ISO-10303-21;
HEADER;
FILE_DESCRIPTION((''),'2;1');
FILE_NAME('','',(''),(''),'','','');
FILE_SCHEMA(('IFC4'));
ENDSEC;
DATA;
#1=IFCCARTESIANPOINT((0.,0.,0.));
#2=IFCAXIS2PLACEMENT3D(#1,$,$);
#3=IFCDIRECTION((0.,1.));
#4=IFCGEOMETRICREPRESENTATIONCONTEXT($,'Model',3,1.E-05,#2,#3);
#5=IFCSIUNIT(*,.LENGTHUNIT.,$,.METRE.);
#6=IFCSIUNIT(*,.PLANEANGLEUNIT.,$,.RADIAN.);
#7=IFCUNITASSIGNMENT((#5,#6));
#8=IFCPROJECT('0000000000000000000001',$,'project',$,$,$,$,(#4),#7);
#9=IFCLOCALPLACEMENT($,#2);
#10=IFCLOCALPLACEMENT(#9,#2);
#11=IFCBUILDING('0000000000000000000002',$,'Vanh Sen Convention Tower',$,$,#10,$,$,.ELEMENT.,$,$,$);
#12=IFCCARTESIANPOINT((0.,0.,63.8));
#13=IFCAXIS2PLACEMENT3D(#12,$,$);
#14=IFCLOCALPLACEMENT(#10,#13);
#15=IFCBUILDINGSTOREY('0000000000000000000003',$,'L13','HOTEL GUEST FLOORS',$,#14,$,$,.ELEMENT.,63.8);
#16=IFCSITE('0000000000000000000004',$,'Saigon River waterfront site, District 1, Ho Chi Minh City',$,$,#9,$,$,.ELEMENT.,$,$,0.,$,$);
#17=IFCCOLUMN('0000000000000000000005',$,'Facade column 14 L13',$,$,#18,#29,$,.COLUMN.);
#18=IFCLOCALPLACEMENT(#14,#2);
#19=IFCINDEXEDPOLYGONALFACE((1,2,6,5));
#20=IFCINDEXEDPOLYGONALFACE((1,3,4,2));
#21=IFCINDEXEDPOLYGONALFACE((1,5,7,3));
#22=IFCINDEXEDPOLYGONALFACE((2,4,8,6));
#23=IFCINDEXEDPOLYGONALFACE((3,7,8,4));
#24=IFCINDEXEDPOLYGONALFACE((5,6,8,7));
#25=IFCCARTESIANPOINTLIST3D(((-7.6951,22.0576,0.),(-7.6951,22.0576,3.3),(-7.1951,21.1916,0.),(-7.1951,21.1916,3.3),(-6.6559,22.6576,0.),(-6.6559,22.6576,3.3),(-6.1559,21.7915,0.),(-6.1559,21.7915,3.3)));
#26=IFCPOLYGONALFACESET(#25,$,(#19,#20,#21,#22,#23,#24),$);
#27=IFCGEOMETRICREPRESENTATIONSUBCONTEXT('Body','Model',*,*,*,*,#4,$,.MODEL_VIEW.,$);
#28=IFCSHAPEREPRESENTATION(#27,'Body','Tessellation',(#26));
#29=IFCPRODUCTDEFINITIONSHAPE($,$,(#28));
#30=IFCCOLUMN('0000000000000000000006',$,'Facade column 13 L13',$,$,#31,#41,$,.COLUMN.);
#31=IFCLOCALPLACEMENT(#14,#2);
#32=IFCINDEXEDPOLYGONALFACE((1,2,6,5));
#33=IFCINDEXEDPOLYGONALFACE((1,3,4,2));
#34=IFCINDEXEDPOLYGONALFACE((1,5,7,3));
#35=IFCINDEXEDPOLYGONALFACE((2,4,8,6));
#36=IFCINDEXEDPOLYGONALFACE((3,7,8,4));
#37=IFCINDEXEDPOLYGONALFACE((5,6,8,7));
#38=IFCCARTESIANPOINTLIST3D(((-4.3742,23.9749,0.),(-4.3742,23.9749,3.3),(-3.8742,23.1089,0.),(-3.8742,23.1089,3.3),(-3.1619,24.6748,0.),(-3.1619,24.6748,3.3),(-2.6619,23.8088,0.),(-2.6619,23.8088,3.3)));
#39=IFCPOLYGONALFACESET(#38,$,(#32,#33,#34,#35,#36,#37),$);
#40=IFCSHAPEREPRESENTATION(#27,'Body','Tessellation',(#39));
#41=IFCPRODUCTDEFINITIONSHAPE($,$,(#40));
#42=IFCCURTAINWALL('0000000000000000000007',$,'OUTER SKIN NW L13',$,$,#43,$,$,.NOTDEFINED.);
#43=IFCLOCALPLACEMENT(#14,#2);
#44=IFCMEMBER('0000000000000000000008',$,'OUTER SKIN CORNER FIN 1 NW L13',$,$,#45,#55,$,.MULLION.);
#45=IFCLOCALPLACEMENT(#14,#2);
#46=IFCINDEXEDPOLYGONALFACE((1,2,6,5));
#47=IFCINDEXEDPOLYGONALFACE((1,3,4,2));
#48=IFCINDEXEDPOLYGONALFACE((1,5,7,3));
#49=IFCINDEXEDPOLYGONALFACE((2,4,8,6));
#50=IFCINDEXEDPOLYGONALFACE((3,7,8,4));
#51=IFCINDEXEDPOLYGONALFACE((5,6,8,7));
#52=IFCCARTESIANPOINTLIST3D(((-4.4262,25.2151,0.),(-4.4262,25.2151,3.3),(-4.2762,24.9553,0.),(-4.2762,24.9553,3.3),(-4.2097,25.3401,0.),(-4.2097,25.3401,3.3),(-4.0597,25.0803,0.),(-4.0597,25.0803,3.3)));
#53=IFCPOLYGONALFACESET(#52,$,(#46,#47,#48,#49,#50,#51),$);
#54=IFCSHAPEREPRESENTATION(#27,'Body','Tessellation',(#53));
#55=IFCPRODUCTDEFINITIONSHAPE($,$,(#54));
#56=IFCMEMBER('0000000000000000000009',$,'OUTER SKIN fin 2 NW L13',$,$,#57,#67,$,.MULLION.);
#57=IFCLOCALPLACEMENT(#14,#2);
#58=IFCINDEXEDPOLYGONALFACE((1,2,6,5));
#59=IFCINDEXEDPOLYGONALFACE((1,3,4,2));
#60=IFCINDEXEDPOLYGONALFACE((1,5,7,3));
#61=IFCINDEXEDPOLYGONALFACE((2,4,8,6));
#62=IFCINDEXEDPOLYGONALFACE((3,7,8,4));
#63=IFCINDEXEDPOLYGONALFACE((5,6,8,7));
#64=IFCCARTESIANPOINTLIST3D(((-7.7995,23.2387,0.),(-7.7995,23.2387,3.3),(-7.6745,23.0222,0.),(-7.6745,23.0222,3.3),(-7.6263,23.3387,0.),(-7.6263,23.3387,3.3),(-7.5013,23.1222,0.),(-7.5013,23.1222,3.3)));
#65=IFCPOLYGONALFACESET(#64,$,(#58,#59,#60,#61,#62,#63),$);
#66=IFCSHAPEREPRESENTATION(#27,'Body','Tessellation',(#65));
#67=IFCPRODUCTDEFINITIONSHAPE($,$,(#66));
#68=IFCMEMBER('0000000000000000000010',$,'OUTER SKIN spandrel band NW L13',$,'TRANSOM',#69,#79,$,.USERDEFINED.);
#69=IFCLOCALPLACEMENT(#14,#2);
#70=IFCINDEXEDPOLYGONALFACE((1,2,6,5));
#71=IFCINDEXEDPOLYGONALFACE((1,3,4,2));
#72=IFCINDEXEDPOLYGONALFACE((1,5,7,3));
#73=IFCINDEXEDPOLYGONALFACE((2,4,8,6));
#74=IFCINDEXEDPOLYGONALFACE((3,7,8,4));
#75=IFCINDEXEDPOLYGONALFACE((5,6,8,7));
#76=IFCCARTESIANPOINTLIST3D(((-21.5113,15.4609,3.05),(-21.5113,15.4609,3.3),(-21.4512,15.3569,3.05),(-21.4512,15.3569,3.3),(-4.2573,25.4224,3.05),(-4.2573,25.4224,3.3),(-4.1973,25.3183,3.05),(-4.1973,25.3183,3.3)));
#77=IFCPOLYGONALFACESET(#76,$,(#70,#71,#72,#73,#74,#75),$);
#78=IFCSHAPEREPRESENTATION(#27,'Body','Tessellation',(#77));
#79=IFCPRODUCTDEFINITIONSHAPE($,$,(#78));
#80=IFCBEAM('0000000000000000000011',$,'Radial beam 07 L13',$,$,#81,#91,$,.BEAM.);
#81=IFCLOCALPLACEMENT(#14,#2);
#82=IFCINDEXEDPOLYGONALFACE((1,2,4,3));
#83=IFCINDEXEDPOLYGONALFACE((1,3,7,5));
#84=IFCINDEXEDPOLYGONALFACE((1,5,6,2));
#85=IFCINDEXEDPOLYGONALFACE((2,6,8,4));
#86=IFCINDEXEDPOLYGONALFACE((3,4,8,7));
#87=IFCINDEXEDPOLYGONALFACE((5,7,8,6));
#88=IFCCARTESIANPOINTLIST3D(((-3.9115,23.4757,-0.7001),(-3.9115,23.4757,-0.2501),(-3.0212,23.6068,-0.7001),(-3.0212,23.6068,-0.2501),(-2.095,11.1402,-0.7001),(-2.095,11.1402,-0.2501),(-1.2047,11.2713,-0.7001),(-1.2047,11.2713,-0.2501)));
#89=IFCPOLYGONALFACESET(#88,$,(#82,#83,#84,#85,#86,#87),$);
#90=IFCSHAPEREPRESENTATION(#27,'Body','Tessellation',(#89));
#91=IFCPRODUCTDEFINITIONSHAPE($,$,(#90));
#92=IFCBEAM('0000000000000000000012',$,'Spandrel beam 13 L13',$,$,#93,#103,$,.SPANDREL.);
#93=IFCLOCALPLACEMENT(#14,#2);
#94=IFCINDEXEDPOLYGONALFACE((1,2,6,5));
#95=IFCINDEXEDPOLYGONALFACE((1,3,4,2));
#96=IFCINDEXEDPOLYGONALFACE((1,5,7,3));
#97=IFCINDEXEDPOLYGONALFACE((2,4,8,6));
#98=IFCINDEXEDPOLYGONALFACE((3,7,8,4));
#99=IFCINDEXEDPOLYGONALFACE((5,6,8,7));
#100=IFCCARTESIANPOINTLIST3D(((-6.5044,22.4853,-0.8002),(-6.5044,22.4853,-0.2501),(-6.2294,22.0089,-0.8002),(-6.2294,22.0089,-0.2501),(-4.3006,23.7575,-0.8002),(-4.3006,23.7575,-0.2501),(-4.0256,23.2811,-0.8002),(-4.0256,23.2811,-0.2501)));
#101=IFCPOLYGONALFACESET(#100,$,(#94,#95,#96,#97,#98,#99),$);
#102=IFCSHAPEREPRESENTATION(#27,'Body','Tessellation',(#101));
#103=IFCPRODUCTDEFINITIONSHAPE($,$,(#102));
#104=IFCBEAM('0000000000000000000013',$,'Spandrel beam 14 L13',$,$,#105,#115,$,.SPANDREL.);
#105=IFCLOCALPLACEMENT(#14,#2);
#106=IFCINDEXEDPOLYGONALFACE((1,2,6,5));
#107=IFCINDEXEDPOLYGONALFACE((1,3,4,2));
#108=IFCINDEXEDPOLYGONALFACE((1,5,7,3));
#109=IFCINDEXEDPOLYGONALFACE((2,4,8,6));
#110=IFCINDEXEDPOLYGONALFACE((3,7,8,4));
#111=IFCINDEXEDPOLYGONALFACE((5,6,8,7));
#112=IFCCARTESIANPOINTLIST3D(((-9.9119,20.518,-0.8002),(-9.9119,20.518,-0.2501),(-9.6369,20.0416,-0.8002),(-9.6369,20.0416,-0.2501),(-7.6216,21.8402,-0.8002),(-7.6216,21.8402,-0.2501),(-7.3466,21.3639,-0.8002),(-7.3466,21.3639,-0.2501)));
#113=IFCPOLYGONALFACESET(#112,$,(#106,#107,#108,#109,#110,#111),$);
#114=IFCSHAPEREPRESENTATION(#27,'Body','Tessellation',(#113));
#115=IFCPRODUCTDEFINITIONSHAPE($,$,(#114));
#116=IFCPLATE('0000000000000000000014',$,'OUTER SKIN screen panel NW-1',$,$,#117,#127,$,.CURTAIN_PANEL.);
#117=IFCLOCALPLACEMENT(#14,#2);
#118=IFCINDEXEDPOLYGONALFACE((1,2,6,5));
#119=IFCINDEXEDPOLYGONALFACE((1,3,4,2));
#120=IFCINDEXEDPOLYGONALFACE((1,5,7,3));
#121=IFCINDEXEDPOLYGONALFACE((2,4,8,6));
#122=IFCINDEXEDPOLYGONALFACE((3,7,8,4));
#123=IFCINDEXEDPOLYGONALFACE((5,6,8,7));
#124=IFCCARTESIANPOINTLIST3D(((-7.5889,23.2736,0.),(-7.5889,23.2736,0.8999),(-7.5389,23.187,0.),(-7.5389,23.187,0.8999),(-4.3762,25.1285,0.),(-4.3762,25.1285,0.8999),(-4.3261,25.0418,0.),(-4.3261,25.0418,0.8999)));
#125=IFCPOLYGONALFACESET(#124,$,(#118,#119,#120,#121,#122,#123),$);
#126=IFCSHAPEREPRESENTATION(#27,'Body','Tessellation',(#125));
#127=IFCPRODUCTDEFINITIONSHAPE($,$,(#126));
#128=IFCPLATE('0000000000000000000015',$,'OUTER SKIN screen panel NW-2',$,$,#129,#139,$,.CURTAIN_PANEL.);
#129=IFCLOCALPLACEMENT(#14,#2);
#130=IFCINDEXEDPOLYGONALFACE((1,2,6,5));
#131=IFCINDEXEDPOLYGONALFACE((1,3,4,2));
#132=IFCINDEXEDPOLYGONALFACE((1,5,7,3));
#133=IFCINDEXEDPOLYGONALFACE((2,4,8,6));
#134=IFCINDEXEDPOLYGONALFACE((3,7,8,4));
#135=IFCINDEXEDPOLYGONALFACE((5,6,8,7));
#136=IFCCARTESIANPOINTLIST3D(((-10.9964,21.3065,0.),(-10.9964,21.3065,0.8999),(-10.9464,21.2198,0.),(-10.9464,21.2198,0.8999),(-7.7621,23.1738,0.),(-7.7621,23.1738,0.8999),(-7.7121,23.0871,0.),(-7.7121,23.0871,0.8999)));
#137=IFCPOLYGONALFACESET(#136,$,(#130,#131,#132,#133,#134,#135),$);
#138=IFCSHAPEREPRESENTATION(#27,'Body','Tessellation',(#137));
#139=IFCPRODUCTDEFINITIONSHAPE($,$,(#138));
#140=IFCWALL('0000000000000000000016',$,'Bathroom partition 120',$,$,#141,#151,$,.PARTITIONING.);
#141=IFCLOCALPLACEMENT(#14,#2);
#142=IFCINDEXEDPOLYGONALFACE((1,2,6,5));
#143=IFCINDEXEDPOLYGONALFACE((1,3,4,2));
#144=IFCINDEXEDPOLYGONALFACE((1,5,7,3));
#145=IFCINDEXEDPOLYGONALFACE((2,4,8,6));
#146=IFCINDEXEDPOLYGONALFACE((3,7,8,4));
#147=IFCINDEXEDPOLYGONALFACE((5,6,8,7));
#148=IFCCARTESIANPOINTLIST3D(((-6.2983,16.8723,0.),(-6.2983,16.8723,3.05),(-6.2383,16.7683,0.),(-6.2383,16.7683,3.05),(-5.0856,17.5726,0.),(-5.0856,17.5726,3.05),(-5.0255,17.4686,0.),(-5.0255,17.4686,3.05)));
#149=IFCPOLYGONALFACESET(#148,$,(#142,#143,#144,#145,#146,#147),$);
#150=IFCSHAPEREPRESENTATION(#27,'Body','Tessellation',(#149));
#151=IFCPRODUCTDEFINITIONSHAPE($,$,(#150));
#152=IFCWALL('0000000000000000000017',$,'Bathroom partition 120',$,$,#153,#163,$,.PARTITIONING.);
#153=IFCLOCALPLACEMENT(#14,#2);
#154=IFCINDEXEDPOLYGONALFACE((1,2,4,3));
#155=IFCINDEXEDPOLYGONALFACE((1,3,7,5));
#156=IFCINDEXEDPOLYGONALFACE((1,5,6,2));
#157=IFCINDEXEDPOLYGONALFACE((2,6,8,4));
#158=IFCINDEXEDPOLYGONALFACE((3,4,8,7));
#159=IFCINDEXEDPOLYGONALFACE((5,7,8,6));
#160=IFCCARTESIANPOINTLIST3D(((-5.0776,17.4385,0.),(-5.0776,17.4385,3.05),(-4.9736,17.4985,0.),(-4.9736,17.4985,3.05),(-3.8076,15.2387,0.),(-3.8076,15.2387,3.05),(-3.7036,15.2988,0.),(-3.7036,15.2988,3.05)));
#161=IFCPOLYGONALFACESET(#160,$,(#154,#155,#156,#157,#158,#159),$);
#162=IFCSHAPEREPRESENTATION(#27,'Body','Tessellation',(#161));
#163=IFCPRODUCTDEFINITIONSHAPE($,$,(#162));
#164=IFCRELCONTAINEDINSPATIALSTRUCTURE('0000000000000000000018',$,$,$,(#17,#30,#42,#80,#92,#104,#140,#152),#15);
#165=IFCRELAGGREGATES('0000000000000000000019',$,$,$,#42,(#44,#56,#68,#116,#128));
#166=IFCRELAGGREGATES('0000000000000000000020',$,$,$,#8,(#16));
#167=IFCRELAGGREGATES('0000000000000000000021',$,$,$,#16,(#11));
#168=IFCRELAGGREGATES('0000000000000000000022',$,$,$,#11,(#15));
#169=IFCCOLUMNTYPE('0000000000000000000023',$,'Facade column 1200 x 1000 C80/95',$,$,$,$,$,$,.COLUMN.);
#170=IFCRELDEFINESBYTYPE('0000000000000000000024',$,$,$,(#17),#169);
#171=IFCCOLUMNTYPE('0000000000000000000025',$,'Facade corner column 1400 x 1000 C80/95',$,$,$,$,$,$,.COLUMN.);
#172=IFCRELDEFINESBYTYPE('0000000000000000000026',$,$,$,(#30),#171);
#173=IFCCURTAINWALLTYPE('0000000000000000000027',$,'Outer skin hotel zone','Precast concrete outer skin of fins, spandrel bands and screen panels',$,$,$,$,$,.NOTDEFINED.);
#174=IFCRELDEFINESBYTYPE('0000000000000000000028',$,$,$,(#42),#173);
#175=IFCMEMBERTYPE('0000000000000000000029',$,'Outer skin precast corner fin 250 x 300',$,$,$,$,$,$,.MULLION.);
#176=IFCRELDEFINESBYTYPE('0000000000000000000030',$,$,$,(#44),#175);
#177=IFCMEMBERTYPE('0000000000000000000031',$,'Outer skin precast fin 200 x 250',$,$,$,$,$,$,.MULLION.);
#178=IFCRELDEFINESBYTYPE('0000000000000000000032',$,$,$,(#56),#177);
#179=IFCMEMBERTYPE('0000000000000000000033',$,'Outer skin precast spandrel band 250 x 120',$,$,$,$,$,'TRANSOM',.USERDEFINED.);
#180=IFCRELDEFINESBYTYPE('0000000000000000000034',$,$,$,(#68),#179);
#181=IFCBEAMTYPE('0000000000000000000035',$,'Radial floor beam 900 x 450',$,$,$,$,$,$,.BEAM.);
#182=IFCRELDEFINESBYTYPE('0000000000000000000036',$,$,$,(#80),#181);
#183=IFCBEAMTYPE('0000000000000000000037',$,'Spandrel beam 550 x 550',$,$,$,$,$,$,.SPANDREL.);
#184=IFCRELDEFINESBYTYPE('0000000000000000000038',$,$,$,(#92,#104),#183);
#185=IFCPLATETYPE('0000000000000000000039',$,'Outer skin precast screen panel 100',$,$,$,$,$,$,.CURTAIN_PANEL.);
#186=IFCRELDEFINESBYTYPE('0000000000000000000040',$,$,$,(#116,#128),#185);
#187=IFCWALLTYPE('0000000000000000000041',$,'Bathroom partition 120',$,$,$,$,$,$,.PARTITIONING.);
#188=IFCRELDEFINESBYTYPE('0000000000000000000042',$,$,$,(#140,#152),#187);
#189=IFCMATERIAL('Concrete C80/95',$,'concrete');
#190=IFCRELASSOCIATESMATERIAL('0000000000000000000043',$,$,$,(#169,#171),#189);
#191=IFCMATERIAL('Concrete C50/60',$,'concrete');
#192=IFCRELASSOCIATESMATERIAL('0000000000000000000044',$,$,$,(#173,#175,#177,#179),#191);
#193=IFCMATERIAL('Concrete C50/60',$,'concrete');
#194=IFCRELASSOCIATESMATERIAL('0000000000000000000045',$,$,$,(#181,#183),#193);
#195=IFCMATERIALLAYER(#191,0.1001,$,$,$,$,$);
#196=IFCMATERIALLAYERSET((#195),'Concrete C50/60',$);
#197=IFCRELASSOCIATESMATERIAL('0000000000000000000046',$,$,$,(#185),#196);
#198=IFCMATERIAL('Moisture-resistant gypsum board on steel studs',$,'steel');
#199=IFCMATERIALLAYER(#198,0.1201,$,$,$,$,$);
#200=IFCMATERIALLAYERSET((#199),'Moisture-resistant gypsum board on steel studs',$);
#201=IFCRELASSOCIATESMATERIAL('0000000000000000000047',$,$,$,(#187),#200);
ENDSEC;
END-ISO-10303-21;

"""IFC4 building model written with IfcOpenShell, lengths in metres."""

from ifc_helpers import new_model, si_unit, direction, frame, frame_2d, origin, origin_2d, place, context, subcontext, project, spatial, rectangle, extrude, material, layer, layer_set, material_profile, profile_set, type_object, element, aggregate, save


model = new_model("IFC4")

# Units and contexts
model_context = context("Model", 3, precision=1e-05, world=origin(), true_north=direction((0.0, 1.0)))
body_context = subcontext(model_context, "Body", "Model", "MODEL_VIEW")
ifc_project = project(units=[si_unit("LENGTHUNIT", "METRE"), si_unit("PLANEANGLEUNIT", "RADIAN")], contexts=[model_context])

# Site, building, storey
site_placement = place(None, origin())
site = spatial("IfcSite", under=ifc_project, at=site_placement, Name="Saigon River waterfront site, District 1, Ho Chi Minh City", CompositionType="ELEMENT", RefElevation=0.0)
building_placement = place(site_placement, origin())
building = spatial("IfcBuilding", under=site, at=building_placement, Name="Vanh Sen Convention Tower", CompositionType="ELEMENT")
storey_placement = place(building_placement, frame((0.0, 0.0, 63.8)))
storey = spatial("IfcBuildingStorey", under=building, at=storey_placement, Name="L13", Description="HOTEL GUEST FLOORS", CompositionType="ELEMENT", Elevation=63.8)

# Columns
ifc_material_1 = material(Name="Concrete C80/95", Category="concrete")
ifc_material_profile_1 = material_profile(ifc_material_1, rectangle(XDim=1.2, YDim=1.0, at=origin_2d()), Name="RC 1200X1000")
ifc_profile_set_1 = profile_set([ifc_material_profile_1], Name="Concrete C80/95")
column_type_1 = type_object("IfcColumnType", Name="Facade column 1200 x 1000 C80/95", PredefinedType="COLUMN", material=ifc_profile_set_1)
column_1_placement = place(storey_placement, frame((-6.9255, 21.9246, 0.0), z_axis=(0.0, 0.0, 1.0), x_axis=(-0.866025, -0.5, 0.0)))
element("IfcColumn", 1, at=column_1_placement, inside=storey, type_object=column_type_1, Name="Facade column 14 L13", PredefinedType="COLUMN", context=body_context, shape_type="SweptSolid", body=[
    extrude(rectangle(XDim=1.2, YDim=1.0, at=origin_2d()), origin(), (0.0, 0.0, 1.0), 3.3),
])
ifc_material_profile_2 = material_profile(ifc_material_1, rectangle(XDim=1.3999, YDim=1.0, at=origin_2d()), Name="RC 1400X1000")
ifc_profile_set_2 = profile_set([ifc_material_profile_2], Name="Concrete C80/95")
column_type_2 = type_object("IfcColumnType", Name="Facade corner column 1400 x 1000 C80/95", PredefinedType="COLUMN", material=ifc_profile_set_2)
column_2_placement = place(storey_placement, frame((-3.5181, 23.8918, 0.0), z_axis=(0.0, 0.0, 1.0), x_axis=(-0.866025, -0.5, 0.0)))
element("IfcColumn", 2, at=column_2_placement, inside=storey, type_object=column_type_2, Name="Facade column 13 L13", PredefinedType="COLUMN", context=body_context, shape_type="SweptSolid", body=[
    extrude(rectangle(XDim=1.3999, YDim=1.0, at=origin_2d()), origin(), (0.0, 0.0, 1.0), 3.3),
])

# Curtain wall, members
ifc_material_2 = material(Name="Concrete C50/60", Category="concrete")
curtain_wall_type = type_object("IfcCurtainWallType", Name="Outer skin hotel zone", Description="Precast concrete outer skin of fins, spandrel bands and screen panels", PredefinedType="NOTDEFINED", material=ifc_material_2)
curtain_wall_placement = place(storey_placement, origin())
curtain_wall = element("IfcCurtainWall", 3, at=curtain_wall_placement, inside=storey, type_object=curtain_wall_type, Name="OUTER SKIN NW L13", PredefinedType="NOTDEFINED")
ifc_material_profile_3 = material_profile(ifc_material_2, rectangle(XDim=0.25, YDim=0.3, at=origin_2d()), Name="Outer skin precast corner fin 250 x 300")
ifc_profile_set_3 = profile_set([ifc_material_profile_3], Name="Concrete C50/60")
member_type_1 = type_object("IfcMemberType", Name="Outer skin precast corner fin 250 x 300", PredefinedType="MULLION", material=ifc_profile_set_3)
member_1_placement = place(storey_placement, frame((-4.2429, 25.1477, 0.0), z_axis=(0.0, 0.0, 1.0), x_axis=(-0.866025, -0.5, 0.0)))
member_1 = element("IfcMember", 4, at=member_1_placement, type_object=member_type_1, Name="OUTER SKIN CORNER FIN 1 NW L13", PredefinedType="MULLION", context=body_context, shape_type="SweptSolid", body=[
    extrude(rectangle(XDim=0.25, YDim=0.3, at=origin_2d()), origin(), (0.0, 0.0, 1.0), 3.3),
])
ifc_material_profile_4 = material_profile(ifc_material_2, rectangle(XDim=0.2, YDim=0.25, at=origin_2d()), Name="Outer skin precast fin 200 x 250")
ifc_profile_set_4 = profile_set([ifc_material_profile_4], Name="Concrete C50/60")
member_type_2 = type_object("IfcMemberType", Name="Outer skin precast fin 200 x 250", PredefinedType="MULLION", material=ifc_profile_set_4)
member_2_placement = place(storey_placement, frame((-7.6504, 23.1804, 0.0), z_axis=(0.0, 0.0, 1.0), x_axis=(-0.866025, -0.5, 0.0)))
member_2 = element("IfcMember", 5, at=member_2_placement, type_object=member_type_2, Name="OUTER SKIN fin 2 NW L13", PredefinedType="MULLION", context=body_context, shape_type="SweptSolid", body=[
    extrude(rectangle(XDim=0.2, YDim=0.25, at=origin_2d()), origin(), (0.0, 0.0, 1.0), 3.3),
])
ifc_material_profile_5 = material_profile(ifc_material_2, rectangle(XDim=0.1201, YDim=0.25, at=origin_2d()), Name="Outer skin precast spandrel band 250 x 120")
ifc_profile_set_5 = profile_set([ifc_material_profile_5], Name="Concrete C50/60")
member_type_3 = type_object("IfcMemberType", Name="Outer skin precast spandrel band 250 x 120", ElementType="TRANSOM", PredefinedType="USERDEFINED", material=ifc_profile_set_5)
member_3_placement = place(storey_placement, frame((-4.2273, 25.3704, 3.175), z_axis=(-0.866028, -0.499995, 0.0), x_axis=(0.499995, -0.866028, 0.0)))
member_3 = element("IfcMember", 6, at=member_3_placement, type_object=member_type_3, Name="OUTER SKIN spandrel band NW L13", ObjectType="TRANSOM", PredefinedType="USERDEFINED", context=body_context, shape_type="SweptSolid", body=[
    extrude(rectangle(XDim=0.1201, YDim=0.25, at=origin_2d()), origin(), (0.0, 0.0, 1.0), 19.9231),
])

# Beams
ifc_material_3 = material(Name="Concrete C50/60", Category="concrete")
ifc_material_profile_6 = material_profile(ifc_material_3, rectangle(XDim=0.8999, YDim=0.45, at=origin_2d()), Name="RC 900X450")
ifc_profile_set_6 = profile_set([ifc_material_profile_6], Name="Concrete C50/60")
beam_type_1 = type_object("IfcBeamType", Name="Radial floor beam 900 x 450", PredefinedType="BEAM", material=ifc_profile_set_6)
beam_1_placement = place(storey_placement, frame((-3.4663, 23.5413, -0.4751), z_axis=(0.14568, -0.989332, 0.0), x_axis=(0.989332, 0.14568, 0.0)))
element("IfcBeam", 7, at=beam_1_placement, inside=storey, type_object=beam_type_1, Name="Radial beam 07 L13", PredefinedType="BEAM", context=body_context, shape_type="SweptSolid", body=[
    extrude(rectangle(XDim=0.8999, YDim=0.45, at=origin_2d()), origin(), (0.0, 0.0, 1.0), 12.4685),
])
ifc_material_profile_7 = material_profile(ifc_material_3, rectangle(XDim=0.55, YDim=0.55, at=origin_2d()), Name="RC 550X550")
ifc_profile_set_7 = profile_set([ifc_material_profile_7], Name="Concrete C50/60")
beam_type_2 = type_object("IfcBeamType", Name="Spandrel beam 550 x 550", PredefinedType="SPANDREL", material=ifc_profile_set_7)
beam_2_placement = place(storey_placement, frame((-4.1631, 23.5193, -0.5251), z_axis=(-0.866056, -0.499947, 0.0), x_axis=(0.499947, -0.866056, 0.0)))
element("IfcBeam", 8, at=beam_2_placement, inside=storey, type_object=beam_type_2, Name="Spandrel beam 13 L13", PredefinedType="SPANDREL", context=body_context, shape_type="SweptSolid", body=[
    extrude(rectangle(XDim=0.55, YDim=0.55, at=origin_2d()), origin(), (0.0, 0.0, 1.0), 2.5447),
])
beam_3_placement = place(storey_placement, frame((-7.4841, 21.6021, -0.5251), z_axis=(-0.86603, -0.499991, 0.0), x_axis=(0.499991, -0.86603, 0.0)))
element("IfcBeam", 9, at=beam_3_placement, inside=storey, type_object=beam_type_2, Name="Spandrel beam 14 L13", PredefinedType="SPANDREL", context=body_context, shape_type="SweptSolid", body=[
    extrude(rectangle(XDim=0.55, YDim=0.55, at=origin_2d()), origin(), (0.0, 0.0, 1.0), 2.6445),
])

# Plates
ifc_layer_1 = layer(ifc_material_2, 0.1001)
ifc_layer_set_1 = layer_set([ifc_layer_1], Name="Concrete C50/60")
plate_type = type_object("IfcPlateType", Name="Outer skin precast screen panel 100", PredefinedType="CURTAIN_PANEL", material=ifc_layer_set_1)
plate_1_placement = place(storey_placement, frame((-5.9575, 24.1577, 0.0), z_axis=(0.0, 0.0, 1.0), x_axis=(-0.866028, -0.499995, 0.0)))
plate_1 = element("IfcPlate", 10, at=plate_1_placement, type_object=plate_type, Name="OUTER SKIN screen panel NW-1", PredefinedType="CURTAIN_PANEL", context=body_context, shape_type="SweptSolid", body=[
    extrude(rectangle(XDim=3.7097, YDim=0.1001, at=origin_2d()), origin(), (0.0, 0.0, 1.0), 0.8999),
])
plate_2_placement = place(storey_placement, frame((-9.3542, 22.1968, 0.0), z_axis=(0.0, 0.0, 1.0), x_axis=(-0.866021, -0.500008, 0.0)))
plate_2 = element("IfcPlate", 11, at=plate_2_placement, type_object=plate_type, Name="OUTER SKIN screen panel NW-2", PredefinedType="CURTAIN_PANEL", context=body_context, shape_type="SweptSolid", body=[
    extrude(rectangle(XDim=3.7346, YDim=0.1001, at=origin_2d()), origin(), (0.0, 0.0, 1.0), 0.8999),
])
aggregate(curtain_wall, [member_1, member_2, member_3, plate_1, plate_2])

# Walls
ifc_material_4 = material(Name="Moisture-resistant gypsum board on steel studs", Category="steel")
ifc_layer_2 = layer(ifc_material_4, 0.1201)
ifc_layer_set_2 = layer_set([ifc_layer_2], Name="Moisture-resistant gypsum board on steel studs")
wall_type_1 = type_object("IfcWallType", Name="Bathroom partition 120", PredefinedType="PARTITIONING", material=ifc_layer_set_2)
wall_1_placement = place(storey_placement, frame((-6.2683, 16.8203, 0.0), z_axis=(0.0, 0.0, 1.0), x_axis=(0.866003, 0.500039, 0.0)))
element("IfcWall", 12, at=wall_1_placement, inside=storey, type_object=wall_type_1, Name="Bathroom partition 120", PredefinedType="PARTITIONING", context=body_context, shape_type="SweptSolid", body=[
    extrude(rectangle(XDim=1.4004, YDim=0.1201, at=frame_2d((0.7002, 0.0))), origin(), (0.0, 0.0, 1.0), 3.05),
])
wall_2_placement = place(storey_placement, frame((-5.0256, 17.4685, 0.0), z_axis=(0.0, 0.0, 1.0), x_axis=(0.500005, -0.866022, 0.0)))
element("IfcWall", 13, at=wall_2_placement, inside=storey, type_object=wall_type_1, Name="Bathroom partition 120", PredefinedType="PARTITIONING", context=body_context, shape_type="SweptSolid", body=[
    extrude(rectangle(XDim=2.54, YDim=0.1201, at=frame_2d((1.27, 0.0))), origin(), (0.0, 0.0, 1.0), 3.05),
])

save(model, "model.ifc")
